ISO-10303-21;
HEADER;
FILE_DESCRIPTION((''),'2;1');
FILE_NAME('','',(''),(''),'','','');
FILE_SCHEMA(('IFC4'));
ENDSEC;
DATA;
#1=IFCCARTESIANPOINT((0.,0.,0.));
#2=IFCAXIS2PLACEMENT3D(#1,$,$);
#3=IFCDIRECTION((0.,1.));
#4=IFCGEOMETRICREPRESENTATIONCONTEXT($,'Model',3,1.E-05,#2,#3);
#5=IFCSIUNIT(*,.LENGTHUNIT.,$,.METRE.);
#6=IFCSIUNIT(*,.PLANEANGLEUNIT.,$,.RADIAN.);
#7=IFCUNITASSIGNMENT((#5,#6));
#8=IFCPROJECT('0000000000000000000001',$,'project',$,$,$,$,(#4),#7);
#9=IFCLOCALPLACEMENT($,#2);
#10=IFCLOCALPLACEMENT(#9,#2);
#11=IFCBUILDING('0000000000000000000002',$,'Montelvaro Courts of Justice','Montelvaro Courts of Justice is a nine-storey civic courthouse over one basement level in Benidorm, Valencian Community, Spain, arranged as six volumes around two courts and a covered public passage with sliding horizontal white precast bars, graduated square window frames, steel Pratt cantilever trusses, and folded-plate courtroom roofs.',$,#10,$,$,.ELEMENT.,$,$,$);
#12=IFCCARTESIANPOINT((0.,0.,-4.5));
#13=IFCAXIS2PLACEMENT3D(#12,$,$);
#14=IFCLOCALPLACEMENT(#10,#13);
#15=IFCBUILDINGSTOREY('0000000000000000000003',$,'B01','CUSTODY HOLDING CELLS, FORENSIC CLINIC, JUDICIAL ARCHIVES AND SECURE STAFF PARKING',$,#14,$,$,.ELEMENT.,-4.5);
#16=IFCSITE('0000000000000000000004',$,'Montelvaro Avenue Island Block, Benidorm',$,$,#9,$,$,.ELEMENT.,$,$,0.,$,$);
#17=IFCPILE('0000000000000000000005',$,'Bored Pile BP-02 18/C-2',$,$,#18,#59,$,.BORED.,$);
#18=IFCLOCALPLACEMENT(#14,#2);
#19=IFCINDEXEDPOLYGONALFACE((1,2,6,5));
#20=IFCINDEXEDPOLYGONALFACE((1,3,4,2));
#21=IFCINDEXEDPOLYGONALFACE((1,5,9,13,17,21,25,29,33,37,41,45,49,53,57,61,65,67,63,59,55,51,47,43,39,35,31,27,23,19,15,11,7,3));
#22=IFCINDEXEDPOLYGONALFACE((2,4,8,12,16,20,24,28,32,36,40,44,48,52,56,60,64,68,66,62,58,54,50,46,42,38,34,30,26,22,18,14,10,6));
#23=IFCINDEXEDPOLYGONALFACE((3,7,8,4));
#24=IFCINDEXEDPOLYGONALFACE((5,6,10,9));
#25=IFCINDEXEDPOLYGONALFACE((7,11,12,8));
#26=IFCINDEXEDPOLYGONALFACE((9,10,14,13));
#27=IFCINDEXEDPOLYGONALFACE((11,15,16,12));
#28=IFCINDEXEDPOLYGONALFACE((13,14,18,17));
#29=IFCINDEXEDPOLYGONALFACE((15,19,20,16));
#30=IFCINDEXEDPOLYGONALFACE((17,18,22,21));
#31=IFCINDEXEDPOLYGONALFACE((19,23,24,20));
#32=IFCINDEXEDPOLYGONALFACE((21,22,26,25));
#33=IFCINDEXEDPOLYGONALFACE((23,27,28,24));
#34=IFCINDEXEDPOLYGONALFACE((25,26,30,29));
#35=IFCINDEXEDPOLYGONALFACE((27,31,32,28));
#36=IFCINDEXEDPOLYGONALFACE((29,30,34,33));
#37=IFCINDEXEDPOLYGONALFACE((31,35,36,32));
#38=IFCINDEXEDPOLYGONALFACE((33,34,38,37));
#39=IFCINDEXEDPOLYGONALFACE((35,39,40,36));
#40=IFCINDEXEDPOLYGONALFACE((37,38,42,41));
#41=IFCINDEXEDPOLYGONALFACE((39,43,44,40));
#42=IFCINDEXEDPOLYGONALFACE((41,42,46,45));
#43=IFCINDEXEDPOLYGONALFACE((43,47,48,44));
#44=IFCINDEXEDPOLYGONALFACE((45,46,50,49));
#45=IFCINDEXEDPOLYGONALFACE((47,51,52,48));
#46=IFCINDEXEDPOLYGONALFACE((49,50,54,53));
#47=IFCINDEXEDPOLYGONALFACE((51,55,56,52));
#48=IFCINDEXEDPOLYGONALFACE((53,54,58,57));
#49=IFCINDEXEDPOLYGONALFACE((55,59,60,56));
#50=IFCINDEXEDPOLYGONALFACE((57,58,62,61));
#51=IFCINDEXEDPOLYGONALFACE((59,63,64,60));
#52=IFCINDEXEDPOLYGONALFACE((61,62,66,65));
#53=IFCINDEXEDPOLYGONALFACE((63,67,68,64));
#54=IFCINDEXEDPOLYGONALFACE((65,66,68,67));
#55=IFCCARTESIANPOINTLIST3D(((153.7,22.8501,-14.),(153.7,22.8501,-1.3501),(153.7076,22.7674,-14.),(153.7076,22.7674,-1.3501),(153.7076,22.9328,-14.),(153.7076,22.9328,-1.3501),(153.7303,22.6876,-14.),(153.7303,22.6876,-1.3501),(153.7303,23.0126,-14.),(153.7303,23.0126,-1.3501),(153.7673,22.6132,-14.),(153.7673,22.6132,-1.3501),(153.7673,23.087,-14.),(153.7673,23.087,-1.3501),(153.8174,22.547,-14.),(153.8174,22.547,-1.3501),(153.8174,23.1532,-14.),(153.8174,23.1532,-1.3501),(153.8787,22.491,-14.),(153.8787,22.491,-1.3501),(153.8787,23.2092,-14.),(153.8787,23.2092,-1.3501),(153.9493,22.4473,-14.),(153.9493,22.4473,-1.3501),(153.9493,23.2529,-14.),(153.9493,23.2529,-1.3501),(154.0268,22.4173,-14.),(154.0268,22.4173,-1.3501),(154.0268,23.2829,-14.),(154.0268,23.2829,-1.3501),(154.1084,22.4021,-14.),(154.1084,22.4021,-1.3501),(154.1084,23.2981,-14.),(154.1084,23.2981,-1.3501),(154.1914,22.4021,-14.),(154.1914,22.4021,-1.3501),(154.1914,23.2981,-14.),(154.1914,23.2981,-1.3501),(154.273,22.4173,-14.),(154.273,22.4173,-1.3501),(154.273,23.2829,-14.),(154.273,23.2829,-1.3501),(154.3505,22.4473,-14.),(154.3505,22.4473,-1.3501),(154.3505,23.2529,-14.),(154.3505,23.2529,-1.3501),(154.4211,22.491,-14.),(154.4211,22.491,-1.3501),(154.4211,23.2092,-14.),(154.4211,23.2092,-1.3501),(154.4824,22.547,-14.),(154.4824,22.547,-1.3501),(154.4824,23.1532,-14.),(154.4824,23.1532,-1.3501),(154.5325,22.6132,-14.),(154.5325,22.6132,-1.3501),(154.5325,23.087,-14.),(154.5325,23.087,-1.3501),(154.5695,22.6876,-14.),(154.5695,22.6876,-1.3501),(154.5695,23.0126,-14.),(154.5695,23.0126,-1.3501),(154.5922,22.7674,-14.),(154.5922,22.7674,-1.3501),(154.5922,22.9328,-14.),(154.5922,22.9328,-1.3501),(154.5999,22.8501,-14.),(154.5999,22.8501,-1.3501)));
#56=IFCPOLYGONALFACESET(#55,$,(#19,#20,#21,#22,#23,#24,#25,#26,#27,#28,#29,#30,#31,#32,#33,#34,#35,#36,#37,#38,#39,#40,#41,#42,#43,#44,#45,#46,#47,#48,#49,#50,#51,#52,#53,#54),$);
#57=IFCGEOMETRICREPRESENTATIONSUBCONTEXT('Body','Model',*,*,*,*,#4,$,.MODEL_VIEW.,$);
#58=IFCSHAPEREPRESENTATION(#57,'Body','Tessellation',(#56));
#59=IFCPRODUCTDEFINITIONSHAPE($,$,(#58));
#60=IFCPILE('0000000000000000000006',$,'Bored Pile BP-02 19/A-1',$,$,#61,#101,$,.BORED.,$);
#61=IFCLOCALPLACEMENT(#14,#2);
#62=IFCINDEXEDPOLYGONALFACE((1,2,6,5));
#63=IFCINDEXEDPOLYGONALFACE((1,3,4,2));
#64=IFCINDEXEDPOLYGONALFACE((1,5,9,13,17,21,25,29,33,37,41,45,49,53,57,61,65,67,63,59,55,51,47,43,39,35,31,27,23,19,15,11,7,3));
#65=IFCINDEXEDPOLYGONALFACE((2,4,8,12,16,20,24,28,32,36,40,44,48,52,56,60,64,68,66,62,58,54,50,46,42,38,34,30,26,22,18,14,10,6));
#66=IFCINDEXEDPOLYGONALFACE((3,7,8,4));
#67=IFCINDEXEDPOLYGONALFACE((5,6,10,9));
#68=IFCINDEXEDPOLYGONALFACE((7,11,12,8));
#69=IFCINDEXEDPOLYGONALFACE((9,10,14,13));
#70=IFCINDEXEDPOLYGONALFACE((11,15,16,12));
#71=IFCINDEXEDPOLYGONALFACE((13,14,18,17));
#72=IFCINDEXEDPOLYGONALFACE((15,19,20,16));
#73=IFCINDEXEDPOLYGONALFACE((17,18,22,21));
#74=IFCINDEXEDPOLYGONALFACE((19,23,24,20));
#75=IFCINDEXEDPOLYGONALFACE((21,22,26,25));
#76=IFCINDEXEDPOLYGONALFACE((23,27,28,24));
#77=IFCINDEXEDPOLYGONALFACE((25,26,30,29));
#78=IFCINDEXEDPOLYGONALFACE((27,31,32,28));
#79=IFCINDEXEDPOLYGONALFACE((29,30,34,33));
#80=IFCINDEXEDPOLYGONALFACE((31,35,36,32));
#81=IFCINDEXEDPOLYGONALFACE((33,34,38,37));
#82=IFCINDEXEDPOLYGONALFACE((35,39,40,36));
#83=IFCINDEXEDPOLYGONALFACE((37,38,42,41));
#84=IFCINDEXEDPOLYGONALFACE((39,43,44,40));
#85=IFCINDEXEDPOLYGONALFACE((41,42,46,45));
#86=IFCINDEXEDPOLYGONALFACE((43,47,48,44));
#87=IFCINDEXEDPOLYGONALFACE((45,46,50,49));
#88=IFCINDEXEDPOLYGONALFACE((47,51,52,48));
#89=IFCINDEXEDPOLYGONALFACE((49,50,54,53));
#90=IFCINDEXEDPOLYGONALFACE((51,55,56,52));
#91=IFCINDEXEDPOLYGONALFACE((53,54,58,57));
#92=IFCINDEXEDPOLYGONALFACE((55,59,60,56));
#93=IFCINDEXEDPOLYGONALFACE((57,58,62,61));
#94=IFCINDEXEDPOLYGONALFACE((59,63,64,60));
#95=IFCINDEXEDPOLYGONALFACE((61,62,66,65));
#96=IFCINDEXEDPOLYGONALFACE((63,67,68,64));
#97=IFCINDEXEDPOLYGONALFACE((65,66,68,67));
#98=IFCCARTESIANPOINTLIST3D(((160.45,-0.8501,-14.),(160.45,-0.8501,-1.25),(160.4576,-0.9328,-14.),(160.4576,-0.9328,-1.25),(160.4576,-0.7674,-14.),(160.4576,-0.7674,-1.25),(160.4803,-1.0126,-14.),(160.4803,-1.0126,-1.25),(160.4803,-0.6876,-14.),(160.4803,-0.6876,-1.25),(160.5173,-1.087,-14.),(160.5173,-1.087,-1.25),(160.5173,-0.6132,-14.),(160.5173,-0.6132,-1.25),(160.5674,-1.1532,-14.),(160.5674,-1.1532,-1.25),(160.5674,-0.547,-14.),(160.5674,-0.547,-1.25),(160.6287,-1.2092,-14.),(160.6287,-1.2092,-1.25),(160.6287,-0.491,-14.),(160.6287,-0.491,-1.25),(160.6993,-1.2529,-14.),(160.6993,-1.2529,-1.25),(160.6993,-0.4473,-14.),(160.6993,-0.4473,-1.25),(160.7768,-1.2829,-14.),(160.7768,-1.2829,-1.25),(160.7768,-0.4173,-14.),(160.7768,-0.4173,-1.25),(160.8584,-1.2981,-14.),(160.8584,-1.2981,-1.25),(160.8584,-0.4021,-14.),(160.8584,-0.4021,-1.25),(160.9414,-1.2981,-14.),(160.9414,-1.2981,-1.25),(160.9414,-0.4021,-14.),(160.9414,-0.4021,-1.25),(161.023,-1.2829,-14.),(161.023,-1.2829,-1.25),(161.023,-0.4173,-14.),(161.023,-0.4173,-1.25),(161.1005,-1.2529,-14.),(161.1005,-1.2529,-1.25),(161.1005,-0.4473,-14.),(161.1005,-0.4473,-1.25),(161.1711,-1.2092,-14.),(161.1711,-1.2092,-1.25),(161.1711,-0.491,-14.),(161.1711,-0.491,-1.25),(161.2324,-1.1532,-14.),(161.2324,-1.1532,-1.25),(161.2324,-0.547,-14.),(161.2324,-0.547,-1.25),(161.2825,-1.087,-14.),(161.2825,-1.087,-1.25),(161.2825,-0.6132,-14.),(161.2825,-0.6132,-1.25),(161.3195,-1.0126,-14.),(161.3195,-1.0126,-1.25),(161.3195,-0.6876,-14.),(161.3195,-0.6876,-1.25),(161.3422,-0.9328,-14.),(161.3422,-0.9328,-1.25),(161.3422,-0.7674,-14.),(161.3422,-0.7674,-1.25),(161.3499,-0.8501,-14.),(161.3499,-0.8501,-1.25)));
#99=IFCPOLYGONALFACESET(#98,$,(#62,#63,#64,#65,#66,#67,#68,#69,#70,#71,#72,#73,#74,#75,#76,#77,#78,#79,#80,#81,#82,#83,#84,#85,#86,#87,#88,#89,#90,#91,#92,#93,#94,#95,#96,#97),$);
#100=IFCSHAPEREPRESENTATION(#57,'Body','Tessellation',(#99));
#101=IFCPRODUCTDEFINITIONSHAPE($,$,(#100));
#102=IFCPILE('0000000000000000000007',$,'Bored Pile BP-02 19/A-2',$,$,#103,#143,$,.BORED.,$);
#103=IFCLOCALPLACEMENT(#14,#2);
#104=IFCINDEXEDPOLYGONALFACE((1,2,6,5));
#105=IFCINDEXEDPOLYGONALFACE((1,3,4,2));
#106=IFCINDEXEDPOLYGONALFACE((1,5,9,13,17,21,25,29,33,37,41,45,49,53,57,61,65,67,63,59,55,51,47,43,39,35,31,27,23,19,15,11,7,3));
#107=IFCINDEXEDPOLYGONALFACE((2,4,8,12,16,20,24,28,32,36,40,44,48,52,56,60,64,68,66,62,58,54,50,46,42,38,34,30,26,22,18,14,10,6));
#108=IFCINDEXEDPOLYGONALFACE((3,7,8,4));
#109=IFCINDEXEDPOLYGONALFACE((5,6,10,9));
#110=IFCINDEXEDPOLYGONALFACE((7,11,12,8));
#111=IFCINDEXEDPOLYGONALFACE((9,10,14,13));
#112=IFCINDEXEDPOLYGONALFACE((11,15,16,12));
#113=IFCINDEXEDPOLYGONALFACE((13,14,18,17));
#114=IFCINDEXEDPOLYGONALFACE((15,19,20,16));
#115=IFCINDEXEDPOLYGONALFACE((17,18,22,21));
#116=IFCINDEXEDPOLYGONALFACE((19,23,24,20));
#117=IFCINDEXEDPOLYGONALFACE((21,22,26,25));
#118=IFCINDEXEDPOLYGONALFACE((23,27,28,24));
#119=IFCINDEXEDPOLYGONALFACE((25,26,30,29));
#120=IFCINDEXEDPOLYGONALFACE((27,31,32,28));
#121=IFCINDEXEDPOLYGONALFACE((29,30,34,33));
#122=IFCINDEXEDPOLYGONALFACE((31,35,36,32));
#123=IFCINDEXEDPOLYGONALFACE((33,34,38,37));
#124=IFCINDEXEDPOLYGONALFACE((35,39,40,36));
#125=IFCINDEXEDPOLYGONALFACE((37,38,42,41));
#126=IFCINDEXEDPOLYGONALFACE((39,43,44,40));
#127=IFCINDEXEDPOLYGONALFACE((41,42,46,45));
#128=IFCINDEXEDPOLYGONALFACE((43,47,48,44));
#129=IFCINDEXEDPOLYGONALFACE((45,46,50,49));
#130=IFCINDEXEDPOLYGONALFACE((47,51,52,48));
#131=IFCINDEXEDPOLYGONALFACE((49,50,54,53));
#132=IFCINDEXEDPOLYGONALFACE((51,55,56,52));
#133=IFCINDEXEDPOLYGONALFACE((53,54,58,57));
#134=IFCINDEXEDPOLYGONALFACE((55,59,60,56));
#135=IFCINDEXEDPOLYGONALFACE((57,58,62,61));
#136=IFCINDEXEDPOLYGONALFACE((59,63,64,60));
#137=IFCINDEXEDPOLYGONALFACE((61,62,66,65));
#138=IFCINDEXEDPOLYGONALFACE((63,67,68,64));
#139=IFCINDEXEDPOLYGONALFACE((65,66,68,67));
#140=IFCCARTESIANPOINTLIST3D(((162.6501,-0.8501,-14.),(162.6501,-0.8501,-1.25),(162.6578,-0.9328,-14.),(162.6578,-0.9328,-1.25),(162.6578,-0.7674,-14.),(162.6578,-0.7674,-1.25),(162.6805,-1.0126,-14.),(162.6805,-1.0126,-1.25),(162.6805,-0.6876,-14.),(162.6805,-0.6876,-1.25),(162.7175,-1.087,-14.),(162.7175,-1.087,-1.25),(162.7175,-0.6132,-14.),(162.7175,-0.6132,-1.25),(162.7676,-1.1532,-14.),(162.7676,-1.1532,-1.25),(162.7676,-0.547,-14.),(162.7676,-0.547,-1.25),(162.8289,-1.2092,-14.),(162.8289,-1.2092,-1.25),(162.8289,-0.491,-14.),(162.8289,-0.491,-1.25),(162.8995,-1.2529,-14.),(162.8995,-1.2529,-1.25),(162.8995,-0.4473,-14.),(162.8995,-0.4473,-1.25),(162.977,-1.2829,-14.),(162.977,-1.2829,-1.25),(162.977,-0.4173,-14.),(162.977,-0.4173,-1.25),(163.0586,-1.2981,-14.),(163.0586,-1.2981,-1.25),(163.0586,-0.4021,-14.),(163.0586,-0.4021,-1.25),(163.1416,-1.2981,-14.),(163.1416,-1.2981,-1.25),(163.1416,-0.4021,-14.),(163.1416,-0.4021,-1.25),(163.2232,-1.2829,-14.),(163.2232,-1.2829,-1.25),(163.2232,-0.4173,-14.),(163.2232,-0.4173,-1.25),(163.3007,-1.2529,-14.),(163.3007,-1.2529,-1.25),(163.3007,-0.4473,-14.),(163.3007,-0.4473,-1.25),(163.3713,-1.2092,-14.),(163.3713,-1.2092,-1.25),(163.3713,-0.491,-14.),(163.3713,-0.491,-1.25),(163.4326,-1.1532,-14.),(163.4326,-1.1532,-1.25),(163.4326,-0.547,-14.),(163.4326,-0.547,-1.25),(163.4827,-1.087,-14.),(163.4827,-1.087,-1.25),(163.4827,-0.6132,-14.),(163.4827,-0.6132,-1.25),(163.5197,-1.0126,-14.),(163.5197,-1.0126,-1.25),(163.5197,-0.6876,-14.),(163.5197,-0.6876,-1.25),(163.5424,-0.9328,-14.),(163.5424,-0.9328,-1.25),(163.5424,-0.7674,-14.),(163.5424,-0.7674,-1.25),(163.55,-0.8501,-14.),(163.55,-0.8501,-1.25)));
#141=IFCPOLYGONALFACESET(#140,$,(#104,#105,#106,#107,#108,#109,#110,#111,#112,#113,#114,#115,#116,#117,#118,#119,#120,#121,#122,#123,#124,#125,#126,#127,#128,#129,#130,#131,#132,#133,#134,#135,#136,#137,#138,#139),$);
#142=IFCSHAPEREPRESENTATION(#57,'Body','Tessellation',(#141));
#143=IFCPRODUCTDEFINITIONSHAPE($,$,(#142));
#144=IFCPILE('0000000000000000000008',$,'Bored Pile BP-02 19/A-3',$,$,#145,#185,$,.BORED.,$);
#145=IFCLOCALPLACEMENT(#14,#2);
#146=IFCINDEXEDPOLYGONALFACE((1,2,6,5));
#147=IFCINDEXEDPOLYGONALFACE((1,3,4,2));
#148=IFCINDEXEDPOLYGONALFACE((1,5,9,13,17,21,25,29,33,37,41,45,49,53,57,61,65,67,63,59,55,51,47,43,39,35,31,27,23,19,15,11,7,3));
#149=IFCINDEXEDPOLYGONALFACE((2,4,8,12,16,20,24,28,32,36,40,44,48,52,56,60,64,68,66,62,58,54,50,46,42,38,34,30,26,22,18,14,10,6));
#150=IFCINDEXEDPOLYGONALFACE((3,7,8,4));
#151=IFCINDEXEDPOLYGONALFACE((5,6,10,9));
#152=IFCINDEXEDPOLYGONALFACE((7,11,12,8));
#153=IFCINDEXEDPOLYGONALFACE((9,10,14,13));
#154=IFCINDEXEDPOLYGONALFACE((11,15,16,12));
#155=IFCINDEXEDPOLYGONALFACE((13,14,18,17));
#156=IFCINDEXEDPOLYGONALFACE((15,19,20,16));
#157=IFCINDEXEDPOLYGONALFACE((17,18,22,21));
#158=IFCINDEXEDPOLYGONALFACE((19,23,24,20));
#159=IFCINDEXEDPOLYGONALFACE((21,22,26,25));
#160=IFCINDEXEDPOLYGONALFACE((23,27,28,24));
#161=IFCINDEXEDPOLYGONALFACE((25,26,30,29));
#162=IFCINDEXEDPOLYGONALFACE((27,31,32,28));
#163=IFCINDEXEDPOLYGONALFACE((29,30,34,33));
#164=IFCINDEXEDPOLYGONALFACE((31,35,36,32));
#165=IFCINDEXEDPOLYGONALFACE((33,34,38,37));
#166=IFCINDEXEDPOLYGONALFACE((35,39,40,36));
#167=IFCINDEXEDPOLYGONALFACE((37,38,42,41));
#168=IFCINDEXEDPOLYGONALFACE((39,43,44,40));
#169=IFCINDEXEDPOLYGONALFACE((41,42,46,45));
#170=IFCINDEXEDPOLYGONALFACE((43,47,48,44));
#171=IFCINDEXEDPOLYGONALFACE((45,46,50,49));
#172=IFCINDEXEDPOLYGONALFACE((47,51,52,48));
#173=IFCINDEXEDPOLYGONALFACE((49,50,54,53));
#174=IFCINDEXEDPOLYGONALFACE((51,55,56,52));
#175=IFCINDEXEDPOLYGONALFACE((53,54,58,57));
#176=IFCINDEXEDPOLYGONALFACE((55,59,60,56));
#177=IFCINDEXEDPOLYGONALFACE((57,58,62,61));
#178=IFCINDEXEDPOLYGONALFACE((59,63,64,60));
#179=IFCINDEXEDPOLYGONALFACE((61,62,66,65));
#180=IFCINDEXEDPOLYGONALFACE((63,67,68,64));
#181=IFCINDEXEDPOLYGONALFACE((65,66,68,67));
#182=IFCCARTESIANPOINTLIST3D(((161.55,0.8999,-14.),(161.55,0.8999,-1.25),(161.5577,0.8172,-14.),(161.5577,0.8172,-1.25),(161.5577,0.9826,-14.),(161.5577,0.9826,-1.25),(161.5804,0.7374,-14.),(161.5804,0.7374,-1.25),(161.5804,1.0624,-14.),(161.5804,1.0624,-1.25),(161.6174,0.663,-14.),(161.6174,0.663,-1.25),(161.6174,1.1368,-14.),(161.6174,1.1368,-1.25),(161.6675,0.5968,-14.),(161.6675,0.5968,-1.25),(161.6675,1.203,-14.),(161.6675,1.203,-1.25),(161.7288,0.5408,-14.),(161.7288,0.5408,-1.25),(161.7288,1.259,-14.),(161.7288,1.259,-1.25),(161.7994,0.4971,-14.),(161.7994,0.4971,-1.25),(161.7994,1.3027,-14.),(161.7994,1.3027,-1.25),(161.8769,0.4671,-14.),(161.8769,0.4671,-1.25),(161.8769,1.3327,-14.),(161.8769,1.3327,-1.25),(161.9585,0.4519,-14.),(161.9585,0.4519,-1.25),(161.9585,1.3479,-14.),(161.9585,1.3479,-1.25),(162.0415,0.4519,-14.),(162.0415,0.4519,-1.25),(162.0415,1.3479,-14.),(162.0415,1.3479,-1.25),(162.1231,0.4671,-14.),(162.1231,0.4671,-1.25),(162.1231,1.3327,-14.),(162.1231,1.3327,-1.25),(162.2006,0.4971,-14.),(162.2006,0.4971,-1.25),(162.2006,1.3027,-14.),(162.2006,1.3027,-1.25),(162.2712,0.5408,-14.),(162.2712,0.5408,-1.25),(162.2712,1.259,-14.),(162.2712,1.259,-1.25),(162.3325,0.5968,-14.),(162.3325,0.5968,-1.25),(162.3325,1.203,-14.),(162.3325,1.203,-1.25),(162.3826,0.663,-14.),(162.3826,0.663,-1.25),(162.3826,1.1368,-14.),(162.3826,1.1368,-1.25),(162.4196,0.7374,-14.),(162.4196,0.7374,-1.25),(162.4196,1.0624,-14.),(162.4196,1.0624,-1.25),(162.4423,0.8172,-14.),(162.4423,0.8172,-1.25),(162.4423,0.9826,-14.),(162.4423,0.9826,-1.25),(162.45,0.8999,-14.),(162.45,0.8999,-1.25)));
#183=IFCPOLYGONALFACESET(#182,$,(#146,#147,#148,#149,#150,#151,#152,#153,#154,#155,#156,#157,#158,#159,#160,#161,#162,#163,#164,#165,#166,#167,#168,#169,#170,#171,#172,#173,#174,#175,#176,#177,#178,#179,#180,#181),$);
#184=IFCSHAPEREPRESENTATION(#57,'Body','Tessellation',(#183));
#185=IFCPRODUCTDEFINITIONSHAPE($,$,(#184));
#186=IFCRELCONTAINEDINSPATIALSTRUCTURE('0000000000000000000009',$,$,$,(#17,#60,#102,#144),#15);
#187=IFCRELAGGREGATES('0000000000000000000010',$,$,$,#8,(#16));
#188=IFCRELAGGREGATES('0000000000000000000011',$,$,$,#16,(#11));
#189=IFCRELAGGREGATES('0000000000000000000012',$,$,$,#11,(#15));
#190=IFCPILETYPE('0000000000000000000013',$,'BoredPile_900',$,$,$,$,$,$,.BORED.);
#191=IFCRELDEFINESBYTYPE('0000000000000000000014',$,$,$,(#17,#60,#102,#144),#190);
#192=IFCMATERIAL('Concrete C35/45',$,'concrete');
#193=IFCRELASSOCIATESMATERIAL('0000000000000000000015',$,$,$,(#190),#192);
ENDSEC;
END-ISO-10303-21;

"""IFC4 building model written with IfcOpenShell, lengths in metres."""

from ifc_helpers import new_model, si_unit, direction, frame, origin, origin_2d, place, context, subcontext, project, spatial, circle, extrude, material, material_profile, profile_set, type_object, element, save


model = new_model("IFC4")

# Units and contexts
model_context = context("Model", 3, precision=1e-05, world=origin(), true_north=direction((0.0, 1.0)))
body_context = subcontext(model_context, "Body", "Model", "MODEL_VIEW")
ifc_project = project(units=[si_unit("LENGTHUNIT", "METRE"), si_unit("PLANEANGLEUNIT", "RADIAN")], contexts=[model_context])

# Site, building, storey
site_placement = place(None, origin())
site = spatial("IfcSite", under=ifc_project, at=site_placement, Name="Montelvaro Avenue Island Block, Benidorm", CompositionType="ELEMENT", RefElevation=0.0)
building_placement = place(site_placement, origin())
building = spatial("IfcBuilding", under=site, at=building_placement, Name="Montelvaro Courts of Justice", Description="Montelvaro Courts of Justice is a nine-storey civic courthouse over one basement level in Benidorm, Valencian Community, Spain, arranged as six volumes around two courts and a covered public passage with sliding horizontal white precast bars, graduated square window frames, steel Pratt cantilever trusses, and folded-plate courtroom roofs.", CompositionType="ELEMENT")
storey_placement = place(building_placement, frame((0.0, 0.0, -4.5)))
storey = spatial("IfcBuildingStorey", under=building, at=storey_placement, Name="B01", Description="CUSTODY HOLDING CELLS, FORENSIC CLINIC, JUDICIAL ARCHIVES AND SECURE STAFF PARKING", CompositionType="ELEMENT", Elevation=-4.5)

# Piles
ifc_material_1 = material(Name="Concrete C35/45", Category="concrete")
ifc_material_profile_1 = material_profile(ifc_material_1, circle(Radius=0.45, at=origin_2d()), Name="BORED PILE D900")
ifc_profile_set_1 = profile_set([ifc_material_profile_1], Name="Concrete C35/45")
pile_type_1 = type_object("IfcPileType", Name="BoredPile_900", PredefinedType="BORED", material=ifc_profile_set_1)
pile_placement = place(storey_placement, frame((154.1499, 22.8501, -1.3501), z_axis=(0.0, 0.0, -1.0), x_axis=(1.0, 0.0, 0.0)))
element("IfcPile", 1, at=pile_placement, inside=storey, type_object=pile_type_1, Name="Bored Pile BP-02 18/C-2", PredefinedType="BORED", context=body_context, shape_type="SweptSolid", body=[
    extrude(circle(Radius=0.45, at=origin_2d()), origin(), (0.0, 0.0, 1.0), 12.6499),
])
for number, where, z_axis, x_axis, name in (
    (2, (160.8999, -0.8501, -1.25), (0.0, 0.0, -1.0), (1.0, 0.0, 0.0), "Bored Pile BP-02 19/A-1"),
    (3, (163.1001, -0.8501, -1.25), (0.0, 0.0, -1.0), (1.0, 0.0, 0.0), "Bored Pile BP-02 19/A-2"),
    (4, (162.0, 0.8999, -1.25), (0.0, 0.0, -1.0), (1.0, 0.0, 0.0), "Bored Pile BP-02 19/A-3"),
):
    element("IfcPile", number, at=place(storey_placement, frame(where, z_axis=z_axis, x_axis=x_axis)), inside=storey, type_object=pile_type_1, Name=name, PredefinedType="BORED", context=body_context, shape_type="SweptSolid", body=[
        extrude(circle(Radius=0.45, at=origin_2d()), origin(), (0.0, 0.0, 1.0), 12.75),
    ])

save(model, "model.ifc")
